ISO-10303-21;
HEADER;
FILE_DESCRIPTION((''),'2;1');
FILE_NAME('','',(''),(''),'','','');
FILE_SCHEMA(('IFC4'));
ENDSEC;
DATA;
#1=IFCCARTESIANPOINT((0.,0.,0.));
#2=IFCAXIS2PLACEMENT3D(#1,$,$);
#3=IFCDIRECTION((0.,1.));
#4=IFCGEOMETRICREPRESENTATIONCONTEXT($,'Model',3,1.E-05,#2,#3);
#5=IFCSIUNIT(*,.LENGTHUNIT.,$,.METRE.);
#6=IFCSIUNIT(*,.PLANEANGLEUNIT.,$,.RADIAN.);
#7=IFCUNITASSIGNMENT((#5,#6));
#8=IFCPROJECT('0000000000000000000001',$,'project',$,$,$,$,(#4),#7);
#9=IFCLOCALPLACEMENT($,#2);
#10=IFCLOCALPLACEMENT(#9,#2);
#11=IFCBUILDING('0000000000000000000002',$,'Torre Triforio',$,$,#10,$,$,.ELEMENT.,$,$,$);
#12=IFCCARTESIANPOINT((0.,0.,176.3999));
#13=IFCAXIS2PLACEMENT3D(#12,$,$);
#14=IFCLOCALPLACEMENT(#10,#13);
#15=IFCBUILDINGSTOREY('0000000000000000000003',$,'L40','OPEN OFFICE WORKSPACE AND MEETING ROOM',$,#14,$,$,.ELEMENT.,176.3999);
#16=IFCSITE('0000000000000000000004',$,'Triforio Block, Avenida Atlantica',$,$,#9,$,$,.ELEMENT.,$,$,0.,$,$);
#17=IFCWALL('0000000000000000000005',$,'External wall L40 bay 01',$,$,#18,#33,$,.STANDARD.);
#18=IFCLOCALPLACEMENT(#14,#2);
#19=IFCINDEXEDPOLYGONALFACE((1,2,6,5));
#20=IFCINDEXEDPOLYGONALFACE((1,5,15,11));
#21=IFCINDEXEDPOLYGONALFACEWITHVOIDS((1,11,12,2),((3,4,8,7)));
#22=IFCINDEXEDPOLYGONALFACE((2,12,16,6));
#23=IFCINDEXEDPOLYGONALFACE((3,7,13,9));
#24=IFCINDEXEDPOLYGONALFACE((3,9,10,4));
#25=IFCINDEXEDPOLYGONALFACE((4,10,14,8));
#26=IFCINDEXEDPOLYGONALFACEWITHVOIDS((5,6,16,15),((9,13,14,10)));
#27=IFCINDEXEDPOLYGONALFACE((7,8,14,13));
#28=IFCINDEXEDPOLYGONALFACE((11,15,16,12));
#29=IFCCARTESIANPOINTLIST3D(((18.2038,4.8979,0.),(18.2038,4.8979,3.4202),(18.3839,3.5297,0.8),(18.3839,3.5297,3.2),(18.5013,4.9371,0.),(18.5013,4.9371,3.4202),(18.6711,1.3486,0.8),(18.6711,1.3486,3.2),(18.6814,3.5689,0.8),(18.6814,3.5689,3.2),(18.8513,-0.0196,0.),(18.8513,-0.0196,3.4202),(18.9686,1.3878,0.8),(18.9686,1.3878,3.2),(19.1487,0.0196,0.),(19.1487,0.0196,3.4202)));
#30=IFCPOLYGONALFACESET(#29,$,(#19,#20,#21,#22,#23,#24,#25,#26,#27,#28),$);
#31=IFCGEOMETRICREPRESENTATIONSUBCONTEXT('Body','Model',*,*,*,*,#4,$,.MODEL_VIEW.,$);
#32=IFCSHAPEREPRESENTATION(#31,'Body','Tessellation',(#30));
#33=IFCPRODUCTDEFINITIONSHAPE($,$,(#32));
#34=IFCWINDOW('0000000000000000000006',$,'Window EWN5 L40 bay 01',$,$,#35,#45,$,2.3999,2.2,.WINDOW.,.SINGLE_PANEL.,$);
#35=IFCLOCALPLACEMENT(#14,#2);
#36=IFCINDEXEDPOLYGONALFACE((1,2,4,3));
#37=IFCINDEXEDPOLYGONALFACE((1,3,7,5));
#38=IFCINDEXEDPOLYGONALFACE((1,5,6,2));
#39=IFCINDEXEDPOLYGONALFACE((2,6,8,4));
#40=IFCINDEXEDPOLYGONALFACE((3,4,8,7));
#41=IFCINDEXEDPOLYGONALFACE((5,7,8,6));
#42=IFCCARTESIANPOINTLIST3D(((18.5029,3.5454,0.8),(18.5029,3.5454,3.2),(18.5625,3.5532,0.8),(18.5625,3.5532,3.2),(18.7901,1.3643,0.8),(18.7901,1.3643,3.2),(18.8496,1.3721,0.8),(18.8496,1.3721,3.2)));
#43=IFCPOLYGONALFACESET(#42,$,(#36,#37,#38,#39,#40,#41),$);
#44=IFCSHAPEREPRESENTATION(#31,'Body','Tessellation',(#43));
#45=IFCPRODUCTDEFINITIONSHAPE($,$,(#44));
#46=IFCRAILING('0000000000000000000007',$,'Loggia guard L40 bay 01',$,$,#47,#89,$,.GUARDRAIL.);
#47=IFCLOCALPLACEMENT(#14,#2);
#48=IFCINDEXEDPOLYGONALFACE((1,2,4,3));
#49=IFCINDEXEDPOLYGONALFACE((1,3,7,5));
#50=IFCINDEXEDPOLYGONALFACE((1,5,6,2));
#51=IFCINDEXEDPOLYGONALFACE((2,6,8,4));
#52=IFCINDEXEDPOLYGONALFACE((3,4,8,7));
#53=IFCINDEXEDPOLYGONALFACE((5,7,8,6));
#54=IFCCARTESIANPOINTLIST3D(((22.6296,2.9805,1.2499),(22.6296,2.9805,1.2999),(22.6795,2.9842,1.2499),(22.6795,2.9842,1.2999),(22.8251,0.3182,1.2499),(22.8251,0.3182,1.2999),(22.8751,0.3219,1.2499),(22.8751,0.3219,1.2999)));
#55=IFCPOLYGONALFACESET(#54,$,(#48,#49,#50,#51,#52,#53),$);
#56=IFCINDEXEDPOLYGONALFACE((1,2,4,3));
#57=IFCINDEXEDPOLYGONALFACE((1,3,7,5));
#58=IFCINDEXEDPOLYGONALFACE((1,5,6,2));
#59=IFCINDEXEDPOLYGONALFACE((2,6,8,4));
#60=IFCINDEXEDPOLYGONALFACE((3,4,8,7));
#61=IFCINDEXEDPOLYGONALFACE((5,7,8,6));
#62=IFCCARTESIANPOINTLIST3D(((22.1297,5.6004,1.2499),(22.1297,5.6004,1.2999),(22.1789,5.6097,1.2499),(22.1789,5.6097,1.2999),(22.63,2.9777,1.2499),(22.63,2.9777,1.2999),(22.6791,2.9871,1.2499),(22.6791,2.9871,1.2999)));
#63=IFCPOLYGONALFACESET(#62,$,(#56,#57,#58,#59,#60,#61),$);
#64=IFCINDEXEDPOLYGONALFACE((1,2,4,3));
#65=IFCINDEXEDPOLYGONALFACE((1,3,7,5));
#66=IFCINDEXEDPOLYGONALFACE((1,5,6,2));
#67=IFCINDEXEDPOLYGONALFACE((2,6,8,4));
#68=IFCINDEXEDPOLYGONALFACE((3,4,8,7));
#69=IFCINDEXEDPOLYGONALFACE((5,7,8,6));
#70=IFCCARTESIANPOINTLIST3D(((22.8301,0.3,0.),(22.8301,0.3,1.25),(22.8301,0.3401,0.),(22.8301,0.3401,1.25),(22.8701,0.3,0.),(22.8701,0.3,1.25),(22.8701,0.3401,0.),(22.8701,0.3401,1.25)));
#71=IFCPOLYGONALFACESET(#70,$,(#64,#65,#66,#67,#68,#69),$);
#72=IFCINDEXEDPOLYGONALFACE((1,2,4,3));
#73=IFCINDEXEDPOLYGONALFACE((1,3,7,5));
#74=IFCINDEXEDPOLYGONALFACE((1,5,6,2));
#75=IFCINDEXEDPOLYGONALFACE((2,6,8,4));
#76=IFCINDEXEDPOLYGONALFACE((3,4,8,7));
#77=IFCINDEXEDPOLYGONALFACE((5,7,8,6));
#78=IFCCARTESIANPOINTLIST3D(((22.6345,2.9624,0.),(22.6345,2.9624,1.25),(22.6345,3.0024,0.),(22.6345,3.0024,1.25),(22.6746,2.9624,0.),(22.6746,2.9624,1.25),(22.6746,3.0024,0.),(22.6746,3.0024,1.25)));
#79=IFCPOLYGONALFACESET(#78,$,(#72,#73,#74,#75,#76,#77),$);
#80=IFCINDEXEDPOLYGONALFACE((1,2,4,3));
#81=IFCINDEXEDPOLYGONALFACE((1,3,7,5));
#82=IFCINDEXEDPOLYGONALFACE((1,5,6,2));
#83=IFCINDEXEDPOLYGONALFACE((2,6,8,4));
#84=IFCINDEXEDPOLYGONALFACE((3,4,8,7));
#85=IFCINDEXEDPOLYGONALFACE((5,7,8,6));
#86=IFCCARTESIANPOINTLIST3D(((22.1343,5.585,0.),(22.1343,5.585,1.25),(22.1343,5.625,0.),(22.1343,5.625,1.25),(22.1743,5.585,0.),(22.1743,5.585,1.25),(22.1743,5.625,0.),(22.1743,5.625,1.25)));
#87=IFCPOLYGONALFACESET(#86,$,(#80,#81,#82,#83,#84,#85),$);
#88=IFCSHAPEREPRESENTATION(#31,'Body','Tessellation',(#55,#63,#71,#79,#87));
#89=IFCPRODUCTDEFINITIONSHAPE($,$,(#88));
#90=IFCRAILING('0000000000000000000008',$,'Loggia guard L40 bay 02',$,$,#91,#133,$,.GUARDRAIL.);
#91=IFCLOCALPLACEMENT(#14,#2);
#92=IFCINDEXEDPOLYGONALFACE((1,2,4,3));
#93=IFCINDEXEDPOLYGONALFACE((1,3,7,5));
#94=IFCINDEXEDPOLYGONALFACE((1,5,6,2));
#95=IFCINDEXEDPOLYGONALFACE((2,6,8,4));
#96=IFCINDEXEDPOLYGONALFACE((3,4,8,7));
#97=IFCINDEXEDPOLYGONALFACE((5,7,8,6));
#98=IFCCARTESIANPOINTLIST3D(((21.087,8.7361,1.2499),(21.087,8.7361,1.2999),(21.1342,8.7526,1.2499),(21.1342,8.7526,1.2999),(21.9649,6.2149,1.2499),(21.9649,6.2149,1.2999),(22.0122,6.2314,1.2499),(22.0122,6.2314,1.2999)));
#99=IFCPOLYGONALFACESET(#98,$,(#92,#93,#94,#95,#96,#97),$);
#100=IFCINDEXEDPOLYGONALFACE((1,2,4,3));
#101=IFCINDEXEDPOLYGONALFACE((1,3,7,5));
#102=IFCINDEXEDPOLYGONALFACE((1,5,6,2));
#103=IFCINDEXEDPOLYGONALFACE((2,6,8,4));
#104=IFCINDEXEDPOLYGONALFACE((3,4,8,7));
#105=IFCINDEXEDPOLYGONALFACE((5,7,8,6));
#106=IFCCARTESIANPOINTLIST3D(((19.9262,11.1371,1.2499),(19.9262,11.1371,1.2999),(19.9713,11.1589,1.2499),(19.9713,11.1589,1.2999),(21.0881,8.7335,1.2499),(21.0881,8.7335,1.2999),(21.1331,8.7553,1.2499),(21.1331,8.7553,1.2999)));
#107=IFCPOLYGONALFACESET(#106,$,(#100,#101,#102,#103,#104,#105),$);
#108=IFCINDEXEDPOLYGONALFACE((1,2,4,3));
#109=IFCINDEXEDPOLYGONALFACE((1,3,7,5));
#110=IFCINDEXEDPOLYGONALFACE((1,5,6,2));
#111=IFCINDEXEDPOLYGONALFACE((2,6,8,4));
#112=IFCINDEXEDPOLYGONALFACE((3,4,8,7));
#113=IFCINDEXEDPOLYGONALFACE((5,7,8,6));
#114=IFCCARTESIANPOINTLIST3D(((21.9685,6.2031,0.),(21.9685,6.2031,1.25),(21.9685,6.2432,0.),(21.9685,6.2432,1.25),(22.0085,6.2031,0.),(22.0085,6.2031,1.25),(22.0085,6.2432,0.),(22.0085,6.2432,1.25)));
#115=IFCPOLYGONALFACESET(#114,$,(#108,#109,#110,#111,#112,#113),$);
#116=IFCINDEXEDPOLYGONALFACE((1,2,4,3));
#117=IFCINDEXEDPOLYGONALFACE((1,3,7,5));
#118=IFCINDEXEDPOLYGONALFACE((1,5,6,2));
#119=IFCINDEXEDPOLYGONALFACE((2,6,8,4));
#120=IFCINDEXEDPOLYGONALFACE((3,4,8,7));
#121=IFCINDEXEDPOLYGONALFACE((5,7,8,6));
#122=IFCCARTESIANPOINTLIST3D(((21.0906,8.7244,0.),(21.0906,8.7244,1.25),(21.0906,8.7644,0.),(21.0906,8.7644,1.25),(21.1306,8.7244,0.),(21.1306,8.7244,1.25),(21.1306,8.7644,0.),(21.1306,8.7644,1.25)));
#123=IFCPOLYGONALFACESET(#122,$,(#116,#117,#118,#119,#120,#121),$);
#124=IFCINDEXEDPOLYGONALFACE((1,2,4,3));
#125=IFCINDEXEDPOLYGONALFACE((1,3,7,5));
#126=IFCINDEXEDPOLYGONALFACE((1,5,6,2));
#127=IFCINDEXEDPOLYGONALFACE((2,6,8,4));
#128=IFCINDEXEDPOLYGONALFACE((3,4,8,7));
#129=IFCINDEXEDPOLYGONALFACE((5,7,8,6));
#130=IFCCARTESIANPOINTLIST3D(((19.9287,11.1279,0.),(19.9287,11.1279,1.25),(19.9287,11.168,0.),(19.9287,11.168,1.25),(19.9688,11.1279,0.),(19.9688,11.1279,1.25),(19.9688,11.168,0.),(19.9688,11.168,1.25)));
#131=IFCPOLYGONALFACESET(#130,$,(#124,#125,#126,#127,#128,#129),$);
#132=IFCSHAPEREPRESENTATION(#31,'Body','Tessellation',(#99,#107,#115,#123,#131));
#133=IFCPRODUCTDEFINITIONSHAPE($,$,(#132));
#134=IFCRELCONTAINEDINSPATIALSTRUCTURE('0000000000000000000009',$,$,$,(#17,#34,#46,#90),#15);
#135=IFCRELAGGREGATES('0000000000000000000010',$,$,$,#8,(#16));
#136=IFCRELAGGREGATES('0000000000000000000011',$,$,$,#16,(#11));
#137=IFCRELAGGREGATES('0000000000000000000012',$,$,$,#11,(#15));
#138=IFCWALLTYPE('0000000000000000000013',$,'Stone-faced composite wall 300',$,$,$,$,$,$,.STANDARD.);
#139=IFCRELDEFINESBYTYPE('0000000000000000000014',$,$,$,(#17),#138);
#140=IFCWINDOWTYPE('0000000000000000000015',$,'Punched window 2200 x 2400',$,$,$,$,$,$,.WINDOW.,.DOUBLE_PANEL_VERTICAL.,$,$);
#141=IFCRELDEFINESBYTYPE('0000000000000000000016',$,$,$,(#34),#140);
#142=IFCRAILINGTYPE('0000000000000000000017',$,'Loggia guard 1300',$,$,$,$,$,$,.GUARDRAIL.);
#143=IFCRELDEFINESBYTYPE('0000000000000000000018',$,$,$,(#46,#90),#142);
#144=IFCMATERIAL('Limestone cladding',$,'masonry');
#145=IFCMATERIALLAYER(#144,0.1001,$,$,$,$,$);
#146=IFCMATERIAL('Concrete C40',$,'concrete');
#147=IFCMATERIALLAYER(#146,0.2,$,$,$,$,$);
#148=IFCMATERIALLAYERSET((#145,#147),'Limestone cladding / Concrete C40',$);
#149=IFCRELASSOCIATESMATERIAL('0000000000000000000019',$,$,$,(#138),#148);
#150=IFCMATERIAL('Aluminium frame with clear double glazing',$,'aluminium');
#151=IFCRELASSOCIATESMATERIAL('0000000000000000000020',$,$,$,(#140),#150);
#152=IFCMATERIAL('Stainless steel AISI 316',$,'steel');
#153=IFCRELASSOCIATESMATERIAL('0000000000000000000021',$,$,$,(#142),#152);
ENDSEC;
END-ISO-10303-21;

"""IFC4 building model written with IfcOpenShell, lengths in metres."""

from ifc_helpers import new_model, si_unit, direction, frame, frame_2d, origin, origin_2d, place, context, subcontext, project, spatial, rectangle, extrude, material, layer, layer_set, type_object, element, fill, save


model = new_model("IFC4")

# Units and contexts
model_context = context("Model", 3, precision=1e-05, world=origin(), true_north=direction((0.0, 1.0)))
body_context = subcontext(model_context, "Body", "Model", "MODEL_VIEW")
ifc_project = project(units=[si_unit("LENGTHUNIT", "METRE"), si_unit("PLANEANGLEUNIT", "RADIAN")], contexts=[model_context])

# Site, building, storey
site_placement = place(None, origin())
site = spatial("IfcSite", under=ifc_project, at=site_placement, Name="Triforio Block, Avenida Atlantica", CompositionType="ELEMENT", RefElevation=0.0)
building_placement = place(site_placement, origin())
building = spatial("IfcBuilding", under=site, at=building_placement, Name="Torre Triforio", CompositionType="ELEMENT")
storey_placement = place(building_placement, frame((0.0, 0.0, 176.3999)))
storey = spatial("IfcBuildingStorey", under=building, at=storey_placement, Name="L40", Description="OPEN OFFICE WORKSPACE AND MEETING ROOM", CompositionType="ELEMENT", Elevation=176.3999)

# Shared definitions
ifc_material_1 = material(Name="Concrete C40", Category="concrete")

# Shared definitions
ifc_material_2 = material(Name="Limestone cladding", Category="masonry")

# Wall, opening, window
ifc_layer_1 = layer(ifc_material_2, 0.1001)
ifc_layer_2 = layer(ifc_material_1, 0.2)
ifc_layer_set_1 = layer_set([ifc_layer_1, ifc_layer_2], Name="Limestone cladding / Concrete C40")
wall_type_1 = type_object("IfcWallType", Name="Stone-faced composite wall 300", PredefinedType="STANDARD", material=ifc_layer_set_1)
wall_1_placement = place(storey_placement, frame((19.0, 0.0, 0.0), z_axis=(0.0, 0.0, 1.0), x_axis=(-0.130539, 0.991443, 0.0)))
wall_1 = element("IfcWall", 1, at=wall_1_placement, inside=storey, type_object=wall_type_1, Name="External wall L40 bay 01", PredefinedType="STANDARD", context=body_context, shape_type="SweptSolid", body=[
    extrude(rectangle(XDim=4.96, YDim=0.3, at=frame_2d((2.48, 0.0))), origin(), (0.0, 0.0, 1.0), 3.4202),
])
opening_1_placement = place(wall_1_placement, frame((1.3799, 0.0, 0.8)))
opening_1 = element("IfcOpeningElement", 2, at=opening_1_placement, cuts=wall_1, PredefinedType="OPENING", context=body_context, shape_type="SweptSolid", body=[
    extrude(rectangle(XDim=2.2, YDim=2.3999, at=frame_2d((1.1001, 1.2))), frame((0.0, 0.1599, 0.0), z_axis=(0.0, -1.0, 0.0), x_axis=(1.0, 0.0, 0.0)), (0.0, 0.0, 1.0), 0.3201),
])
ifc_material_3 = material(Name="Aluminium frame with clear double glazing", Category="aluminium")
window_type_1 = type_object("IfcWindowType", Name="Punched window 2200 x 2400", PartitioningType="DOUBLE_PANEL_VERTICAL", PredefinedType="WINDOW", material=ifc_material_3)
window_1_placement = place(opening_1_placement, origin())
window_1 = element("IfcWindow", 3, at=window_1_placement, inside=storey, type_object=window_type_1, Name="Window EWN5 L40 bay 01", OverallHeight=2.3999, OverallWidth=2.2, PartitioningType="SINGLE_PANEL", PredefinedType="WINDOW", context=body_context, shape_type="SweptSolid", body=[
    extrude(rectangle(XDim=2.2, YDim=2.3999, at=frame_2d((1.1001, 1.2))), frame((0.0, 0.03, 0.0), z_axis=(0.0, -1.0, 0.0), x_axis=(1.0, 0.0, 0.0)), (0.0, 0.0, 1.0), 0.0601),
])
fill(opening_1, window_1)

# Railings
ifc_material_4 = material(Name="Stainless steel AISI 316", Category="steel")
railing_type = type_object("IfcRailingType", Name="Loggia guard 1300", PredefinedType="GUARDRAIL", material=ifc_material_4)
railing_1_placement = place(storey_placement, frame((22.8501, 0.3201, 0.0)))
element("IfcRailing", 4, at=railing_1_placement, inside=storey, type_object=railing_type, Name="Loggia guard L40 bay 01", PredefinedType="GUARDRAIL", context=body_context, shape_type="SweptSolid", body=[
    extrude(rectangle(XDim=0.05, YDim=0.05, at=origin_2d()), frame((0.0, 0.0, 1.2749), z_axis=(-0.073255, 0.997313, 0.0), x_axis=(-0.997313, -0.073255, 0.0)), (0.0, 0.0, 1.0), 2.6694),
    extrude(rectangle(XDim=0.05, YDim=0.05, at=origin_2d()), frame((-0.1956, 2.6624, 1.2749), z_axis=(-0.187368, 0.98229, 0.0), x_axis=(-0.98229, -0.187368, 0.0)), (0.0, 0.0, 1.0), 2.6699),
    extrude(rectangle(XDim=0.04, YDim=0.04, at=origin_2d()), origin(), (0.0, 0.0, 1.0), 1.25),
    extrude(rectangle(XDim=0.04, YDim=0.04, at=origin_2d()), frame((-0.1956, 2.6624, 0.0)), (0.0, 0.0, 1.0), 1.25),
    extrude(rectangle(XDim=0.04, YDim=0.04, at=origin_2d()), frame((-0.6958, 5.2849, 0.0)), (0.0, 0.0, 1.0), 1.25),
])
railing_2_placement = place(storey_placement, frame((21.9885, 6.2231, 0.0)))
element("IfcRailing", 5, at=railing_2_placement, inside=storey, type_object=railing_type, Name="Loggia guard L40 bay 02", PredefinedType="GUARDRAIL", context=body_context, shape_type="SweptSolid", body=[
    extrude(rectangle(XDim=0.05, YDim=0.05, at=origin_2d()), frame((0.0, 0.0, 1.2749), z_axis=(-0.328847, 0.944383, 0.0), x_axis=(-0.944383, -0.328847, 0.0)), (0.0, 0.0, 1.0), 2.6697),
    extrude(rectangle(XDim=0.05, YDim=0.05, at=origin_2d()), frame((-0.8779, 2.5212, 1.2749), z_axis=(-0.435212, 0.900328, 0.0), x_axis=(-0.900328, -0.435212, 0.0)), (0.0, 0.0, 1.0), 2.6697),
    extrude(rectangle(XDim=0.04, YDim=0.04, at=origin_2d()), origin(), (0.0, 0.0, 1.0), 1.25),
    extrude(rectangle(XDim=0.04, YDim=0.04, at=origin_2d()), frame((-0.8779, 2.5212, 0.0)), (0.0, 0.0, 1.0), 1.25),
    extrude(rectangle(XDim=0.04, YDim=0.04, at=origin_2d()), frame((-2.0398, 4.9248, 0.0)), (0.0, 0.0, 1.0), 1.25),
])

save(model, "model.ifc")
